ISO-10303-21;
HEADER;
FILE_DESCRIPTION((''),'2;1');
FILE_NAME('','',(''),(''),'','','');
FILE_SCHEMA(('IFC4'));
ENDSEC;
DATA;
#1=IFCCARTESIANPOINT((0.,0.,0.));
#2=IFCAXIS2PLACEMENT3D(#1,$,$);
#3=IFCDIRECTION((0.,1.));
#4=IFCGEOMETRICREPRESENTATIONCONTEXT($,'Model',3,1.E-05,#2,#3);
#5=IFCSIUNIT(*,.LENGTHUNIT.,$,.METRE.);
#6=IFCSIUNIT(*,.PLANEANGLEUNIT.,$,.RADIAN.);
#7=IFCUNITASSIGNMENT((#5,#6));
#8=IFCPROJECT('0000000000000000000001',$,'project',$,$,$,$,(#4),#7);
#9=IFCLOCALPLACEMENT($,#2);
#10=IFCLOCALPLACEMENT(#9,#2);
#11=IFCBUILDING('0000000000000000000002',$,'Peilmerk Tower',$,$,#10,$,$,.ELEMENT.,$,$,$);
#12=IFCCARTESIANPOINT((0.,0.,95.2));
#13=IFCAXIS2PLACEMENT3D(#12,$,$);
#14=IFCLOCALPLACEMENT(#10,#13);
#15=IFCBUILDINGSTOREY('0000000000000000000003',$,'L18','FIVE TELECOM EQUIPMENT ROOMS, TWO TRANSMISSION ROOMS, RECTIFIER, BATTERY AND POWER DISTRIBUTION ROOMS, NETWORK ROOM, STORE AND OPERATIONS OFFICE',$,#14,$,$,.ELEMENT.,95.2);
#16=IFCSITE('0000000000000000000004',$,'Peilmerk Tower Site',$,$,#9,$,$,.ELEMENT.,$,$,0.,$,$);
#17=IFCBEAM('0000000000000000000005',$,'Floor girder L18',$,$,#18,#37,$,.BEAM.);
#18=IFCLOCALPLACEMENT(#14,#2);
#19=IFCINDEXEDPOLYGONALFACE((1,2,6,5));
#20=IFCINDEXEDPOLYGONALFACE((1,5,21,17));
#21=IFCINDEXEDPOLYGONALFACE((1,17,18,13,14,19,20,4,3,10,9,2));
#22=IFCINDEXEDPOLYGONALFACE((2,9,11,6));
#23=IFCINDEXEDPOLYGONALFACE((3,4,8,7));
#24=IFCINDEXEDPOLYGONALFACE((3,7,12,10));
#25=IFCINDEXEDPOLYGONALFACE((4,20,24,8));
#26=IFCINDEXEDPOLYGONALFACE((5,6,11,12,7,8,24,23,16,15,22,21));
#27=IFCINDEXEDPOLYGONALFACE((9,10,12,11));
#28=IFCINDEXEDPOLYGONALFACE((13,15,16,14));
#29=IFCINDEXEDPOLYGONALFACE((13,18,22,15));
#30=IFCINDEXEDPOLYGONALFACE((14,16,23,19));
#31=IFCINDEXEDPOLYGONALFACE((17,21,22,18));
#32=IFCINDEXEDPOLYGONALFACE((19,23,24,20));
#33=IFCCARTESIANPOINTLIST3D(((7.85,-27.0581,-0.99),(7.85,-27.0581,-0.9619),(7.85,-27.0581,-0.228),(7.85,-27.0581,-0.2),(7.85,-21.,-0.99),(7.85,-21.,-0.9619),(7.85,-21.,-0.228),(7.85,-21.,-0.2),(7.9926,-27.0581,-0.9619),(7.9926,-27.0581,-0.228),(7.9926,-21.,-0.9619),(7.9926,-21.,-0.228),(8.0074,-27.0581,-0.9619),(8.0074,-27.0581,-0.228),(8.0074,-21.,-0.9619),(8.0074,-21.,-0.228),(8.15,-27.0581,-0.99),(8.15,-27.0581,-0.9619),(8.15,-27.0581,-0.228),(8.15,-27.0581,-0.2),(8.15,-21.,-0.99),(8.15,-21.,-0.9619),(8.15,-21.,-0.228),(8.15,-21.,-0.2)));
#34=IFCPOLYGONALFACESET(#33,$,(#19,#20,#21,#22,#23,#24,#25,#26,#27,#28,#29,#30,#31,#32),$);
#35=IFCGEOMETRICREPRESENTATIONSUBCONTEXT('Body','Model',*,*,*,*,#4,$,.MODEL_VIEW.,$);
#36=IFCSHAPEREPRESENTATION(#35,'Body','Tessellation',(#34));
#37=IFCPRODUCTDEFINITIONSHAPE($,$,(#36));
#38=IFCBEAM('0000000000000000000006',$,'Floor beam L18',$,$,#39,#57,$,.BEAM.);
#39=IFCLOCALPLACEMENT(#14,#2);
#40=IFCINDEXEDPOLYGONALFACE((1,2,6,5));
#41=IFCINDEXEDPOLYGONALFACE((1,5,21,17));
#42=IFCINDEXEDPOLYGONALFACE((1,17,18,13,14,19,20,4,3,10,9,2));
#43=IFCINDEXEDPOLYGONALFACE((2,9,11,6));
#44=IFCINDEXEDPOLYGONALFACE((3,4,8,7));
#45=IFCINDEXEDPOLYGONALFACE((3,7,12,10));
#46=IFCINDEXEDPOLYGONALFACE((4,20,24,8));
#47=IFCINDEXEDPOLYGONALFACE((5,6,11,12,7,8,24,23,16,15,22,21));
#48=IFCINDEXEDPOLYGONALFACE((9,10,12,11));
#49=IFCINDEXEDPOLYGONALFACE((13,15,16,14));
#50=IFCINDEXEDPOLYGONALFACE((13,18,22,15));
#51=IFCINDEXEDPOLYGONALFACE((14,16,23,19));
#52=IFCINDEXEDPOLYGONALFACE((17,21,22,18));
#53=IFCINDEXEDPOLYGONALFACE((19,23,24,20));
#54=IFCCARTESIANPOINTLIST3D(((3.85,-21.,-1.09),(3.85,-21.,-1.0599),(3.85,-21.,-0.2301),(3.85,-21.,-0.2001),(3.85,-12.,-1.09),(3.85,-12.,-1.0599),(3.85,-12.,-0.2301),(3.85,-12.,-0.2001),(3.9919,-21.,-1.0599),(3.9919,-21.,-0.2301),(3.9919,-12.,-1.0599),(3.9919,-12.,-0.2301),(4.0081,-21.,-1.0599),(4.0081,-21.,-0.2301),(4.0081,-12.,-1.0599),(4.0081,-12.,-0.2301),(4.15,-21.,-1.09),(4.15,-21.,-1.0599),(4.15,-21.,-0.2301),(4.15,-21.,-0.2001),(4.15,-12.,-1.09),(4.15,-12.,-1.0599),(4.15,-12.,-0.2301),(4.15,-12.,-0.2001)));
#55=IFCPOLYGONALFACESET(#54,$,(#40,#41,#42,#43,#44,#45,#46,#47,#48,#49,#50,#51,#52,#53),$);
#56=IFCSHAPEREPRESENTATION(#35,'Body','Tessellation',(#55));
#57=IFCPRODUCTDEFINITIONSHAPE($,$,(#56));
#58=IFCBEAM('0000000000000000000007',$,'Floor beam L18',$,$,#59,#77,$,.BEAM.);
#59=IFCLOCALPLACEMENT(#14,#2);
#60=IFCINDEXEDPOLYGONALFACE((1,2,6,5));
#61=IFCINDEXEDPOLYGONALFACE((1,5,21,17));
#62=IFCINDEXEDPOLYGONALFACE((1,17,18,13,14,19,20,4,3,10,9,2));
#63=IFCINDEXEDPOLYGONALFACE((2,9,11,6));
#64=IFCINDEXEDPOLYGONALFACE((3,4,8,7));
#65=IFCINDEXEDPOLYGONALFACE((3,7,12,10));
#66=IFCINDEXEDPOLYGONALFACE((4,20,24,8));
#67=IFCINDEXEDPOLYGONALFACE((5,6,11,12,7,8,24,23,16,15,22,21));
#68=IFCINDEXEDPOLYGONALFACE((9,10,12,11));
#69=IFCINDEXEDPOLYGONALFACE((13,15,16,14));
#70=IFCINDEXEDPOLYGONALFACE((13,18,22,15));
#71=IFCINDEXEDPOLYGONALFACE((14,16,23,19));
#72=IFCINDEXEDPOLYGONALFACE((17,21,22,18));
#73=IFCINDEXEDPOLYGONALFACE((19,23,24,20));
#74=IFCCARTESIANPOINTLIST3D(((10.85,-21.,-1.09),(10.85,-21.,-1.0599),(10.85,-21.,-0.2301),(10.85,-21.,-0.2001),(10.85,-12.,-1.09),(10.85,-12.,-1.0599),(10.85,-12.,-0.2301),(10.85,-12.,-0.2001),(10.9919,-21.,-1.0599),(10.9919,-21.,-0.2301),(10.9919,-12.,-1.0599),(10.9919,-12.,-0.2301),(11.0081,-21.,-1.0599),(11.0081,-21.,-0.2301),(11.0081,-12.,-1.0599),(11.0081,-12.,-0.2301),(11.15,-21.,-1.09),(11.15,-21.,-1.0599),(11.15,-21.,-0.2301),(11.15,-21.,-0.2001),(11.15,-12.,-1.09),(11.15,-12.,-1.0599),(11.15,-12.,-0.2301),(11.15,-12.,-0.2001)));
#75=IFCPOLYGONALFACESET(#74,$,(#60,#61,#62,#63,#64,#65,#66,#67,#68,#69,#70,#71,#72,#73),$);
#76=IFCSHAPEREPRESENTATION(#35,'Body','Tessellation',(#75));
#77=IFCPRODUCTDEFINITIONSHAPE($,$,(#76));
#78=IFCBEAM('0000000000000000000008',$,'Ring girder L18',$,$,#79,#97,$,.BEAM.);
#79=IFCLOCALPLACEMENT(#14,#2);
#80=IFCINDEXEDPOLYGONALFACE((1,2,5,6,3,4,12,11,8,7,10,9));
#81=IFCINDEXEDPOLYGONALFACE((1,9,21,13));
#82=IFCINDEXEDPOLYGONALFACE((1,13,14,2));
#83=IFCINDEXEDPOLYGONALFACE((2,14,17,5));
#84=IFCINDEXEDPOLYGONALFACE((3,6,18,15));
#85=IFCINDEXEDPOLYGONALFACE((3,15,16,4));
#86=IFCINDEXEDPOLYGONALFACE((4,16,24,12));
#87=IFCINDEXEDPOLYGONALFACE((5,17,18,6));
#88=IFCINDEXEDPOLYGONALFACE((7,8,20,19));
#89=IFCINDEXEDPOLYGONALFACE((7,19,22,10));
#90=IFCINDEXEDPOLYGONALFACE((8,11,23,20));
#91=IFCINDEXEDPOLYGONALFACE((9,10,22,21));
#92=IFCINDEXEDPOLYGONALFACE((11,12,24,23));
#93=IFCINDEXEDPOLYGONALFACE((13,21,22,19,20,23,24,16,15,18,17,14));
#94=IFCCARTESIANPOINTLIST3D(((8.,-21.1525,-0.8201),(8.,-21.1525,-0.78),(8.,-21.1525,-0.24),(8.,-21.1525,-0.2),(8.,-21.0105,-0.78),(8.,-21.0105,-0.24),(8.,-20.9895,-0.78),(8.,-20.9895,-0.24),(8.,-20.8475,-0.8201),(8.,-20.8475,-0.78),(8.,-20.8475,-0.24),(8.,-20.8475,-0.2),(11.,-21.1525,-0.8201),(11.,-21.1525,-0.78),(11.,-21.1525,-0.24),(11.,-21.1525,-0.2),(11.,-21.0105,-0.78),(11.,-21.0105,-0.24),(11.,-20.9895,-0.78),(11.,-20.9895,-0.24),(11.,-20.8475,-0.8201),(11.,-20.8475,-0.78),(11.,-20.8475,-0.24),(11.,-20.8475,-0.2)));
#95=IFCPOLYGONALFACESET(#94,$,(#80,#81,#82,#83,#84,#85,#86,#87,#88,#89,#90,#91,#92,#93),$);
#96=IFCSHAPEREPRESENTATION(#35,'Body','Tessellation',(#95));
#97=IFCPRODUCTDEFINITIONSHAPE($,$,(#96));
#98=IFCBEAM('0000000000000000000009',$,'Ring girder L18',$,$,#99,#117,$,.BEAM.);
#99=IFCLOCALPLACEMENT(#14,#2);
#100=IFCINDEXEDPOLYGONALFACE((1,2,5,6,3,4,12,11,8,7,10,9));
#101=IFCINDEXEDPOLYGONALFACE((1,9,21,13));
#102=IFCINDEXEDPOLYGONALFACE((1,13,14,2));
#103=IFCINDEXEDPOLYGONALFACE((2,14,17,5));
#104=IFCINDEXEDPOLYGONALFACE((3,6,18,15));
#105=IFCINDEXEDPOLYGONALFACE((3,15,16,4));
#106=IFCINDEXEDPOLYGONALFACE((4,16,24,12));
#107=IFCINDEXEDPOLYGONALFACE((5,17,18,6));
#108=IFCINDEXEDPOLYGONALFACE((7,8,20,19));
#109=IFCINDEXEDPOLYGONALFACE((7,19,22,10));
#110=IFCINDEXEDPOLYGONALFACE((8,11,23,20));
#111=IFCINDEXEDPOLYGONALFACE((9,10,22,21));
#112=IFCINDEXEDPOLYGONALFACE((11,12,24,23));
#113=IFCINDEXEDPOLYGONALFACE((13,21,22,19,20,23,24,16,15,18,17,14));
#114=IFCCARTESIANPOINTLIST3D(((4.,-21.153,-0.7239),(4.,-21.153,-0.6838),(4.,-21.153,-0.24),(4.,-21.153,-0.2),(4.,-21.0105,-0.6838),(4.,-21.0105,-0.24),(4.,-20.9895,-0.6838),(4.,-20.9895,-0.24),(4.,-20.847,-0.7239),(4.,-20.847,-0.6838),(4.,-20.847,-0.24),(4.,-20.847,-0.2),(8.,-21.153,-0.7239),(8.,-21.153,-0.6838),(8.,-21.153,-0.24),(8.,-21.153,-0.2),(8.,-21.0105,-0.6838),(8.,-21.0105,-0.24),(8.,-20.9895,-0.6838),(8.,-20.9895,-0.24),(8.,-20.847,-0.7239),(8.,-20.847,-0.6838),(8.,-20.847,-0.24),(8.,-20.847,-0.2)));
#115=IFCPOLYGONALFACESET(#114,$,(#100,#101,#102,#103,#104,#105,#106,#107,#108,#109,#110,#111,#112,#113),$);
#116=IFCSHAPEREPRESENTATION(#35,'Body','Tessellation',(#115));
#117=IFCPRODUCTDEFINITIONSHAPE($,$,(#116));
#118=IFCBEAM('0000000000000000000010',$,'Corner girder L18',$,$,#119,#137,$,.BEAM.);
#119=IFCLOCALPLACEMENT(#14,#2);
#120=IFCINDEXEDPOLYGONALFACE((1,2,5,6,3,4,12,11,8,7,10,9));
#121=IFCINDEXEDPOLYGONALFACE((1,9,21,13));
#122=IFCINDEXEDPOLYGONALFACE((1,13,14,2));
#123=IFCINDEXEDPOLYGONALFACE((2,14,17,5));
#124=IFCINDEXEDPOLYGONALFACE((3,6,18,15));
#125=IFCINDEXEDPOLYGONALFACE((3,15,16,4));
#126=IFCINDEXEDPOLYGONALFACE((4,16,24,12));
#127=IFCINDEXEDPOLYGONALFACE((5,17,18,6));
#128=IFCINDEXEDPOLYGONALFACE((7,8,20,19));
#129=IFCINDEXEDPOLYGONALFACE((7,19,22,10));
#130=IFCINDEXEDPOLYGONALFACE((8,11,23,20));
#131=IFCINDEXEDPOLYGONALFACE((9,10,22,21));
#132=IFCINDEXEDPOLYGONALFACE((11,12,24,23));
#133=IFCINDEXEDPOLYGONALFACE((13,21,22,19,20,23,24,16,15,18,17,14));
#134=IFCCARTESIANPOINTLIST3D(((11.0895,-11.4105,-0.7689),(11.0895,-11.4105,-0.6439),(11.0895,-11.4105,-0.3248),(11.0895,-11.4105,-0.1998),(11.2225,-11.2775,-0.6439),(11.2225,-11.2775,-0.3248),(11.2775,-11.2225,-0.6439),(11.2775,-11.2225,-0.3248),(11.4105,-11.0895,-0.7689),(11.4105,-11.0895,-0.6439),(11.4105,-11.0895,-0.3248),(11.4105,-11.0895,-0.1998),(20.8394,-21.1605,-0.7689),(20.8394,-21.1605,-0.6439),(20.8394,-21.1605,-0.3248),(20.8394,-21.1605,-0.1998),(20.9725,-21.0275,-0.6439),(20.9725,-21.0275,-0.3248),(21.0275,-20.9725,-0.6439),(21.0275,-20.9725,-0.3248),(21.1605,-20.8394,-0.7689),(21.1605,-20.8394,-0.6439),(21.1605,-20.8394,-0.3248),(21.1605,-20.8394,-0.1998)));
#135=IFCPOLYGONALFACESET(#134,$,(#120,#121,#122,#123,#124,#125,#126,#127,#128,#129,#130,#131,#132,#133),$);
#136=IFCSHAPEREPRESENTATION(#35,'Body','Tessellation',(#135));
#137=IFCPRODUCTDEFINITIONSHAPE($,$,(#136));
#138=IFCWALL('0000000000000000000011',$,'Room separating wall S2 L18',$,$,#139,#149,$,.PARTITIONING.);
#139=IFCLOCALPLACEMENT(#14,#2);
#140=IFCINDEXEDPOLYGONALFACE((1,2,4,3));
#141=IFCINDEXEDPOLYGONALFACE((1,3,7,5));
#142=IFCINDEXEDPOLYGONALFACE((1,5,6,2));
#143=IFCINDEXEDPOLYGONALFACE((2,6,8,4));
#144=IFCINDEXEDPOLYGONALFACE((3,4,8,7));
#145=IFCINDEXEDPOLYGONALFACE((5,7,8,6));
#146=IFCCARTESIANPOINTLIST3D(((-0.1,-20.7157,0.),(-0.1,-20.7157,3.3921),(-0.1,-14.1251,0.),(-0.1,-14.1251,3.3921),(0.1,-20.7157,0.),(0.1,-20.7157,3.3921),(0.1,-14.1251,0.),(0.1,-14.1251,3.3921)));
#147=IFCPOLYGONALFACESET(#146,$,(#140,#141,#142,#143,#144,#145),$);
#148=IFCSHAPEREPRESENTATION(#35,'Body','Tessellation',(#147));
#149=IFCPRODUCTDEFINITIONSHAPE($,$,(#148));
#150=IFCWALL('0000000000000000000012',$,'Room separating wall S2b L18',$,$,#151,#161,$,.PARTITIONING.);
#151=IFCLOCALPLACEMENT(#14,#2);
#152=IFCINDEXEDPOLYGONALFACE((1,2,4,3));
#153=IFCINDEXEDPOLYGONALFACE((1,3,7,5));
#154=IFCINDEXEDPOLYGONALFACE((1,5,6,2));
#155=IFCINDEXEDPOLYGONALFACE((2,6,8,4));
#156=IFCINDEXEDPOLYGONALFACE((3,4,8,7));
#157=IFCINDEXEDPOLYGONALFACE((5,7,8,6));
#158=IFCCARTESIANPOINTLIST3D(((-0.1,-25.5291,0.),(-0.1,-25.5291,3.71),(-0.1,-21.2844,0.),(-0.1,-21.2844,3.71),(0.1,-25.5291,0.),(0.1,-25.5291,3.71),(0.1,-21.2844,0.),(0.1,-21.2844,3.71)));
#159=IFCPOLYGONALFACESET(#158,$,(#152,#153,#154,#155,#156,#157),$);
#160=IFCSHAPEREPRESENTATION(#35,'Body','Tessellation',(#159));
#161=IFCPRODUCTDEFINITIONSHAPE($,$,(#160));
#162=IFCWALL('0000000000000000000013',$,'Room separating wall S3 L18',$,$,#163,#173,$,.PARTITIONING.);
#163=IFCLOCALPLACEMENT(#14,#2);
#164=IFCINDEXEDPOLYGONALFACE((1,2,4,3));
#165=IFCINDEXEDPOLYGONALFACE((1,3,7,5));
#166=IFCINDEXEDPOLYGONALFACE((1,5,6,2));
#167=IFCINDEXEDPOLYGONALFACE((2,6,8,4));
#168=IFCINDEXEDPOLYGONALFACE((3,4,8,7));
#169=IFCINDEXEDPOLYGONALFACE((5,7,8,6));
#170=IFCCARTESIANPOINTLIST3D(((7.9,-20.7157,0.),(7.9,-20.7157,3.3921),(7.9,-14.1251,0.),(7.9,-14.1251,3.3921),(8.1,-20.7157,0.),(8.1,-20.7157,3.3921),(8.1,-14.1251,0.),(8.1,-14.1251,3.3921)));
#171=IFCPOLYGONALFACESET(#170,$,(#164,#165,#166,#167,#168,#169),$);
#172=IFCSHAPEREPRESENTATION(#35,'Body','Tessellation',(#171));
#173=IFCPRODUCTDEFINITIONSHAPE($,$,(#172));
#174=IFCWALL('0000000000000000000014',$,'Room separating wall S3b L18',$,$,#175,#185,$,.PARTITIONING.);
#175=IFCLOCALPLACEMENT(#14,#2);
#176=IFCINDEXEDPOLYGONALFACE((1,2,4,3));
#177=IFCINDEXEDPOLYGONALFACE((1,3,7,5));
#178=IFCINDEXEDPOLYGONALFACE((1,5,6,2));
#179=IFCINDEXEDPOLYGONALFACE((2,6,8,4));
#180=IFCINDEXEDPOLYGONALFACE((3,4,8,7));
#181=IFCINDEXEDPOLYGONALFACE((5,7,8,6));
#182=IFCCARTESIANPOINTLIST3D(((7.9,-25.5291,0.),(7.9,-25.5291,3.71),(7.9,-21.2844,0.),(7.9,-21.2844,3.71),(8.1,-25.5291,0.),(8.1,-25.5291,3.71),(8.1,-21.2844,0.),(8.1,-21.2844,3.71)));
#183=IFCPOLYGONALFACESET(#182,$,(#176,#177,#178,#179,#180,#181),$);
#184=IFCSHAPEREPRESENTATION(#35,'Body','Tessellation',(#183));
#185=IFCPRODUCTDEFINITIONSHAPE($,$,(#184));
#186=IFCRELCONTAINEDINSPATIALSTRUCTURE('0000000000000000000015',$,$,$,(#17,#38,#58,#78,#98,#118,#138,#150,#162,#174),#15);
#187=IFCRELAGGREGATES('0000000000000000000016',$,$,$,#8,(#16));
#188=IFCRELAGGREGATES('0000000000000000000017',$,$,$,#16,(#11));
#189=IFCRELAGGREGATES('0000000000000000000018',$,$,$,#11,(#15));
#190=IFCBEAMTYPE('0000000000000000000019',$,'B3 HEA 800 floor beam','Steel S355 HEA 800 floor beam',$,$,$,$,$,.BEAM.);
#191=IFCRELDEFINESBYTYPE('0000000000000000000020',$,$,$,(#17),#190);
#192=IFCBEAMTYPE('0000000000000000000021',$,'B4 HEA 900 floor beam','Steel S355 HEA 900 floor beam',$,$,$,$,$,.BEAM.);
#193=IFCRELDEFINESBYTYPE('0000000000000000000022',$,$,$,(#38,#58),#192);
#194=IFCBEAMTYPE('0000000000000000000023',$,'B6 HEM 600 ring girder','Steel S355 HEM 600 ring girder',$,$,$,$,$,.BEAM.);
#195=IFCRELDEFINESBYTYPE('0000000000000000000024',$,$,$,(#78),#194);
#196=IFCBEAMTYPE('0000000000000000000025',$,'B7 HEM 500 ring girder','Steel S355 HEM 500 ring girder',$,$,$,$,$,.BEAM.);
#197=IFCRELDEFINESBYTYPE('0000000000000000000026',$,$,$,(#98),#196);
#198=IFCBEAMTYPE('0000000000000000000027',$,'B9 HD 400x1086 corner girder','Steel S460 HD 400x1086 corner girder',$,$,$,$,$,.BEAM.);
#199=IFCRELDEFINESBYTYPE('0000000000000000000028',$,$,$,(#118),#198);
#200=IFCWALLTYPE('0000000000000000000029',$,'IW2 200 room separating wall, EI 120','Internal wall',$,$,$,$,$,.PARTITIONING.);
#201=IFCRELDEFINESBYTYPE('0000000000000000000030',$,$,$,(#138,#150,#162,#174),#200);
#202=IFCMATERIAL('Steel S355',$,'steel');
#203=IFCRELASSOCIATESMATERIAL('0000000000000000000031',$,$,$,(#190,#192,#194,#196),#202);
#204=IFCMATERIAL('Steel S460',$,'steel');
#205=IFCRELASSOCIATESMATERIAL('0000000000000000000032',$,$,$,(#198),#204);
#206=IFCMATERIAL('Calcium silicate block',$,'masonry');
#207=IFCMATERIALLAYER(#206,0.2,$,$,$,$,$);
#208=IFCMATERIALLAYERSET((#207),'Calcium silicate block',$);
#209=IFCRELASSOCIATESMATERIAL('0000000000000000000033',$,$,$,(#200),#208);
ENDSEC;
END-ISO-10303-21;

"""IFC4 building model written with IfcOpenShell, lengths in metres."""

from ifc_helpers import new_model, si_unit, direction, frame, frame_2d, origin, origin_2d, place, context, subcontext, project, spatial, rectangle, i_section, extrude, material, layer, layer_set, material_profile, profile_set, type_object, element, save


model = new_model("IFC4")

# Units and contexts
model_context = context("Model", 3, precision=1e-05, world=origin(), true_north=direction((0.0, 1.0)))
body_context = subcontext(model_context, "Body", "Model", "MODEL_VIEW")
ifc_project = project(units=[si_unit("LENGTHUNIT", "METRE"), si_unit("PLANEANGLEUNIT", "RADIAN")], contexts=[model_context])

# Site, building, storey
site_placement = place(None, origin())
site = spatial("IfcSite", under=ifc_project, at=site_placement, Name="Peilmerk Tower Site", CompositionType="ELEMENT", RefElevation=0.0)
building_placement = place(site_placement, origin())
building = spatial("IfcBuilding", under=site, at=building_placement, Name="Peilmerk Tower", CompositionType="ELEMENT")
storey_placement = place(building_placement, frame((0.0, 0.0, 95.2)))
storey = spatial("IfcBuildingStorey", under=building, at=storey_placement, Name="L18", Description="FIVE TELECOM EQUIPMENT ROOMS, TWO TRANSMISSION ROOMS, RECTIFIER, BATTERY AND POWER DISTRIBUTION ROOMS, NETWORK ROOM, STORE AND OPERATIONS OFFICE", CompositionType="ELEMENT", Elevation=95.2)

# Shared definitions
ifc_material_1 = material(Name="Steel S460", Category="steel")

# Beams
ifc_material_2 = material(Name="Steel S355", Category="steel")
ifc_material_profile_1 = material_profile(ifc_material_2, i_section(OverallWidth=0.3, OverallDepth=0.79, WebThickness=0.0149, FlangeThickness=0.0281, at=origin_2d()), Name="HEA 800")
ifc_profile_set_1 = profile_set([ifc_material_profile_1], Name="Steel S355")
beam_type_1 = type_object("IfcBeamType", Name="B3 HEA 800 floor beam", Description="Steel S355 HEA 800 floor beam", PredefinedType="BEAM", material=ifc_profile_set_1)
beam_1_placement = place(storey_placement, frame((8.0, -21.0, -0.595), z_axis=(0.0, -1.0, 0.0), x_axis=(1.0, 0.0, 0.0)))
element("IfcBeam", 1, at=beam_1_placement, inside=storey, type_object=beam_type_1, Name="Floor girder L18", PredefinedType="BEAM", context=body_context, shape_type="SweptSolid", body=[
    extrude(i_section(OverallWidth=0.3, OverallDepth=0.79, WebThickness=0.0149, FlangeThickness=0.0281, at=origin_2d()), origin(), (0.0, 0.0, 1.0), 6.0581),
])
ifc_material_profile_2 = material_profile(ifc_material_2, i_section(OverallWidth=0.3, OverallDepth=0.8899, WebThickness=0.0161, FlangeThickness=0.03, at=origin_2d()), Name="HEA 900")
ifc_profile_set_2 = profile_set([ifc_material_profile_2], Name="Steel S355")
beam_type_2 = type_object("IfcBeamType", Name="B4 HEA 900 floor beam", Description="Steel S355 HEA 900 floor beam", PredefinedType="BEAM", material=ifc_profile_set_2)
for number, where, z_axis, x_axis, name in (
    (2, (4.0, -12.0, -0.645), (0.0, -1.0, 0.0), (1.0, 0.0, 0.0), "Floor beam L18"),
    (3, (11.0, -12.0, -0.645), (0.0, -1.0, 0.0), (1.0, 0.0, 0.0), "Floor beam L18"),
):
    element("IfcBeam", number, at=place(storey_placement, frame(where, z_axis=z_axis, x_axis=x_axis)), inside=storey, type_object=beam_type_2, Name=name, PredefinedType="BEAM", context=body_context, shape_type="SweptSolid", body=[
        extrude(i_section(OverallWidth=0.3, OverallDepth=0.8899, WebThickness=0.0161, FlangeThickness=0.03, at=origin_2d()), origin(), (0.0, 0.0, 1.0), 9.0),
    ])
ifc_material_profile_3 = material_profile(ifc_material_2, i_section(OverallWidth=0.3049, OverallDepth=0.6201, WebThickness=0.021, FlangeThickness=0.04, at=origin_2d()), Name="HEM 600")
ifc_profile_set_3 = profile_set([ifc_material_profile_3], Name="Steel S355")
beam_type_3 = type_object("IfcBeamType", Name="B6 HEM 600 ring girder", Description="Steel S355 HEM 600 ring girder", PredefinedType="BEAM", material=ifc_profile_set_3)
beam_2_placement = place(storey_placement, frame((8.0, -21.0, -0.51), z_axis=(1.0, 0.0, 0.0), x_axis=(0.0, 1.0, 0.0)))
element("IfcBeam", 4, at=beam_2_placement, inside=storey, type_object=beam_type_3, Name="Ring girder L18", PredefinedType="BEAM", context=body_context, shape_type="SweptSolid", body=[
    extrude(i_section(OverallWidth=0.3049, OverallDepth=0.6201, WebThickness=0.021, FlangeThickness=0.04, at=origin_2d()), origin(), (0.0, 0.0, 1.0), 3.0),
])
ifc_material_profile_4 = material_profile(ifc_material_2, i_section(OverallWidth=0.3059, OverallDepth=0.5239, WebThickness=0.021, FlangeThickness=0.04, at=origin_2d()), Name="HEM 500")
ifc_profile_set_4 = profile_set([ifc_material_profile_4], Name="Steel S355")
beam_type_4 = type_object("IfcBeamType", Name="B7 HEM 500 ring girder", Description="Steel S355 HEM 500 ring girder", PredefinedType="BEAM", material=ifc_profile_set_4)
beam_3_placement = place(storey_placement, frame((4.0, -21.0, -0.4619), z_axis=(1.0, 0.0, 0.0), x_axis=(0.0, 1.0, 0.0)))
element("IfcBeam", 5, at=beam_3_placement, inside=storey, type_object=beam_type_4, Name="Ring girder L18", PredefinedType="BEAM", context=body_context, shape_type="SweptSolid", body=[
    extrude(i_section(OverallWidth=0.3059, OverallDepth=0.5239, WebThickness=0.021, FlangeThickness=0.04, at=origin_2d()), origin(), (0.0, 0.0, 1.0), 4.0),
])
ifc_material_profile_5 = material_profile(ifc_material_1, i_section(OverallWidth=0.4541, OverallDepth=0.5691, WebThickness=0.0779, FlangeThickness=0.125, at=origin_2d()), Name="HD 400x1086")
ifc_profile_set_5 = profile_set([ifc_material_profile_5], Name="Steel S460")
beam_type_5 = type_object("IfcBeamType", Name="B9 HD 400x1086 corner girder", Description="Steel S460 HD 400x1086 corner girder", PredefinedType="BEAM", material=ifc_profile_set_5)
beam_4_placement = place(storey_placement, frame((11.25, -11.25, -0.4844), z_axis=(0.707107, -0.707107, 0.0), x_axis=(0.707107, 0.707107, 0.0)))
element("IfcBeam", 6, at=beam_4_placement, inside=storey, type_object=beam_type_5, Name="Corner girder L18", PredefinedType="BEAM", context=body_context, shape_type="SweptSolid", body=[
    extrude(i_section(OverallWidth=0.4541, OverallDepth=0.5691, WebThickness=0.0779, FlangeThickness=0.125, at=origin_2d()), origin(), (0.0, 0.0, 1.0), 13.7886),
])

# Walls
ifc_material_3 = material(Name="Calcium silicate block", Category="masonry")
ifc_layer_1 = layer(ifc_material_3, 0.2)
ifc_layer_set_1 = layer_set([ifc_layer_1], Name="Calcium silicate block")
wall_type_1 = type_object("IfcWallType", Name="IW2 200 room separating wall, EI 120", Description="Internal wall", PredefinedType="PARTITIONING", material=ifc_layer_set_1)
wall_1_placement = place(storey_placement, frame((0.0, -14.125, 0.0), z_axis=(0.0, 0.0, 1.0), x_axis=(0.0, -1.0, 0.0)))
element("IfcWall", 7, at=wall_1_placement, inside=storey, type_object=wall_type_1, Name="Room separating wall S2 L18", PredefinedType="PARTITIONING", context=body_context, shape_type="SweptSolid", body=[
    extrude(rectangle(XDim=6.5906, YDim=0.2, at=frame_2d((3.2954, 0.0))), origin(), (0.0, 0.0, 1.0), 3.3921),
])
wall_2_placement = place(storey_placement, frame((0.0, -21.2844, 0.0), z_axis=(0.0, 0.0, 1.0), x_axis=(0.0, -1.0, 0.0)))
element("IfcWall", 8, at=wall_2_placement, inside=storey, type_object=wall_type_1, Name="Room separating wall S2b L18", PredefinedType="PARTITIONING", context=body_context, shape_type="SweptSolid", body=[
    extrude(rectangle(XDim=4.2446, YDim=0.2, at=frame_2d((2.1223, 0.0))), origin(), (0.0, 0.0, 1.0), 3.71),
])
wall_3_placement = place(storey_placement, frame((8.0, -14.125, 0.0), z_axis=(0.0, 0.0, 1.0), x_axis=(0.0, -1.0, 0.0)))
element("IfcWall", 9, at=wall_3_placement, inside=storey, type_object=wall_type_1, Name="Room separating wall S3 L18", PredefinedType="PARTITIONING", context=body_context, shape_type="SweptSolid", body=[
    extrude(rectangle(XDim=6.5906, YDim=0.2, at=frame_2d((3.2954, 0.0))), origin(), (0.0, 0.0, 1.0), 3.3921),
])
wall_4_placement = place(storey_placement, frame((8.0, -21.2844, 0.0), z_axis=(0.0, 0.0, 1.0), x_axis=(0.0, -1.0, 0.0)))
element("IfcWall", 10, at=wall_4_placement, inside=storey, type_object=wall_type_1, Name="Room separating wall S3b L18", PredefinedType="PARTITIONING", context=body_context, shape_type="SweptSolid", body=[
    extrude(rectangle(XDim=4.2446, YDim=0.2, at=frame_2d((2.1223, 0.0))), origin(), (0.0, 0.0, 1.0), 3.71),
])

save(model, "model.ifc")
